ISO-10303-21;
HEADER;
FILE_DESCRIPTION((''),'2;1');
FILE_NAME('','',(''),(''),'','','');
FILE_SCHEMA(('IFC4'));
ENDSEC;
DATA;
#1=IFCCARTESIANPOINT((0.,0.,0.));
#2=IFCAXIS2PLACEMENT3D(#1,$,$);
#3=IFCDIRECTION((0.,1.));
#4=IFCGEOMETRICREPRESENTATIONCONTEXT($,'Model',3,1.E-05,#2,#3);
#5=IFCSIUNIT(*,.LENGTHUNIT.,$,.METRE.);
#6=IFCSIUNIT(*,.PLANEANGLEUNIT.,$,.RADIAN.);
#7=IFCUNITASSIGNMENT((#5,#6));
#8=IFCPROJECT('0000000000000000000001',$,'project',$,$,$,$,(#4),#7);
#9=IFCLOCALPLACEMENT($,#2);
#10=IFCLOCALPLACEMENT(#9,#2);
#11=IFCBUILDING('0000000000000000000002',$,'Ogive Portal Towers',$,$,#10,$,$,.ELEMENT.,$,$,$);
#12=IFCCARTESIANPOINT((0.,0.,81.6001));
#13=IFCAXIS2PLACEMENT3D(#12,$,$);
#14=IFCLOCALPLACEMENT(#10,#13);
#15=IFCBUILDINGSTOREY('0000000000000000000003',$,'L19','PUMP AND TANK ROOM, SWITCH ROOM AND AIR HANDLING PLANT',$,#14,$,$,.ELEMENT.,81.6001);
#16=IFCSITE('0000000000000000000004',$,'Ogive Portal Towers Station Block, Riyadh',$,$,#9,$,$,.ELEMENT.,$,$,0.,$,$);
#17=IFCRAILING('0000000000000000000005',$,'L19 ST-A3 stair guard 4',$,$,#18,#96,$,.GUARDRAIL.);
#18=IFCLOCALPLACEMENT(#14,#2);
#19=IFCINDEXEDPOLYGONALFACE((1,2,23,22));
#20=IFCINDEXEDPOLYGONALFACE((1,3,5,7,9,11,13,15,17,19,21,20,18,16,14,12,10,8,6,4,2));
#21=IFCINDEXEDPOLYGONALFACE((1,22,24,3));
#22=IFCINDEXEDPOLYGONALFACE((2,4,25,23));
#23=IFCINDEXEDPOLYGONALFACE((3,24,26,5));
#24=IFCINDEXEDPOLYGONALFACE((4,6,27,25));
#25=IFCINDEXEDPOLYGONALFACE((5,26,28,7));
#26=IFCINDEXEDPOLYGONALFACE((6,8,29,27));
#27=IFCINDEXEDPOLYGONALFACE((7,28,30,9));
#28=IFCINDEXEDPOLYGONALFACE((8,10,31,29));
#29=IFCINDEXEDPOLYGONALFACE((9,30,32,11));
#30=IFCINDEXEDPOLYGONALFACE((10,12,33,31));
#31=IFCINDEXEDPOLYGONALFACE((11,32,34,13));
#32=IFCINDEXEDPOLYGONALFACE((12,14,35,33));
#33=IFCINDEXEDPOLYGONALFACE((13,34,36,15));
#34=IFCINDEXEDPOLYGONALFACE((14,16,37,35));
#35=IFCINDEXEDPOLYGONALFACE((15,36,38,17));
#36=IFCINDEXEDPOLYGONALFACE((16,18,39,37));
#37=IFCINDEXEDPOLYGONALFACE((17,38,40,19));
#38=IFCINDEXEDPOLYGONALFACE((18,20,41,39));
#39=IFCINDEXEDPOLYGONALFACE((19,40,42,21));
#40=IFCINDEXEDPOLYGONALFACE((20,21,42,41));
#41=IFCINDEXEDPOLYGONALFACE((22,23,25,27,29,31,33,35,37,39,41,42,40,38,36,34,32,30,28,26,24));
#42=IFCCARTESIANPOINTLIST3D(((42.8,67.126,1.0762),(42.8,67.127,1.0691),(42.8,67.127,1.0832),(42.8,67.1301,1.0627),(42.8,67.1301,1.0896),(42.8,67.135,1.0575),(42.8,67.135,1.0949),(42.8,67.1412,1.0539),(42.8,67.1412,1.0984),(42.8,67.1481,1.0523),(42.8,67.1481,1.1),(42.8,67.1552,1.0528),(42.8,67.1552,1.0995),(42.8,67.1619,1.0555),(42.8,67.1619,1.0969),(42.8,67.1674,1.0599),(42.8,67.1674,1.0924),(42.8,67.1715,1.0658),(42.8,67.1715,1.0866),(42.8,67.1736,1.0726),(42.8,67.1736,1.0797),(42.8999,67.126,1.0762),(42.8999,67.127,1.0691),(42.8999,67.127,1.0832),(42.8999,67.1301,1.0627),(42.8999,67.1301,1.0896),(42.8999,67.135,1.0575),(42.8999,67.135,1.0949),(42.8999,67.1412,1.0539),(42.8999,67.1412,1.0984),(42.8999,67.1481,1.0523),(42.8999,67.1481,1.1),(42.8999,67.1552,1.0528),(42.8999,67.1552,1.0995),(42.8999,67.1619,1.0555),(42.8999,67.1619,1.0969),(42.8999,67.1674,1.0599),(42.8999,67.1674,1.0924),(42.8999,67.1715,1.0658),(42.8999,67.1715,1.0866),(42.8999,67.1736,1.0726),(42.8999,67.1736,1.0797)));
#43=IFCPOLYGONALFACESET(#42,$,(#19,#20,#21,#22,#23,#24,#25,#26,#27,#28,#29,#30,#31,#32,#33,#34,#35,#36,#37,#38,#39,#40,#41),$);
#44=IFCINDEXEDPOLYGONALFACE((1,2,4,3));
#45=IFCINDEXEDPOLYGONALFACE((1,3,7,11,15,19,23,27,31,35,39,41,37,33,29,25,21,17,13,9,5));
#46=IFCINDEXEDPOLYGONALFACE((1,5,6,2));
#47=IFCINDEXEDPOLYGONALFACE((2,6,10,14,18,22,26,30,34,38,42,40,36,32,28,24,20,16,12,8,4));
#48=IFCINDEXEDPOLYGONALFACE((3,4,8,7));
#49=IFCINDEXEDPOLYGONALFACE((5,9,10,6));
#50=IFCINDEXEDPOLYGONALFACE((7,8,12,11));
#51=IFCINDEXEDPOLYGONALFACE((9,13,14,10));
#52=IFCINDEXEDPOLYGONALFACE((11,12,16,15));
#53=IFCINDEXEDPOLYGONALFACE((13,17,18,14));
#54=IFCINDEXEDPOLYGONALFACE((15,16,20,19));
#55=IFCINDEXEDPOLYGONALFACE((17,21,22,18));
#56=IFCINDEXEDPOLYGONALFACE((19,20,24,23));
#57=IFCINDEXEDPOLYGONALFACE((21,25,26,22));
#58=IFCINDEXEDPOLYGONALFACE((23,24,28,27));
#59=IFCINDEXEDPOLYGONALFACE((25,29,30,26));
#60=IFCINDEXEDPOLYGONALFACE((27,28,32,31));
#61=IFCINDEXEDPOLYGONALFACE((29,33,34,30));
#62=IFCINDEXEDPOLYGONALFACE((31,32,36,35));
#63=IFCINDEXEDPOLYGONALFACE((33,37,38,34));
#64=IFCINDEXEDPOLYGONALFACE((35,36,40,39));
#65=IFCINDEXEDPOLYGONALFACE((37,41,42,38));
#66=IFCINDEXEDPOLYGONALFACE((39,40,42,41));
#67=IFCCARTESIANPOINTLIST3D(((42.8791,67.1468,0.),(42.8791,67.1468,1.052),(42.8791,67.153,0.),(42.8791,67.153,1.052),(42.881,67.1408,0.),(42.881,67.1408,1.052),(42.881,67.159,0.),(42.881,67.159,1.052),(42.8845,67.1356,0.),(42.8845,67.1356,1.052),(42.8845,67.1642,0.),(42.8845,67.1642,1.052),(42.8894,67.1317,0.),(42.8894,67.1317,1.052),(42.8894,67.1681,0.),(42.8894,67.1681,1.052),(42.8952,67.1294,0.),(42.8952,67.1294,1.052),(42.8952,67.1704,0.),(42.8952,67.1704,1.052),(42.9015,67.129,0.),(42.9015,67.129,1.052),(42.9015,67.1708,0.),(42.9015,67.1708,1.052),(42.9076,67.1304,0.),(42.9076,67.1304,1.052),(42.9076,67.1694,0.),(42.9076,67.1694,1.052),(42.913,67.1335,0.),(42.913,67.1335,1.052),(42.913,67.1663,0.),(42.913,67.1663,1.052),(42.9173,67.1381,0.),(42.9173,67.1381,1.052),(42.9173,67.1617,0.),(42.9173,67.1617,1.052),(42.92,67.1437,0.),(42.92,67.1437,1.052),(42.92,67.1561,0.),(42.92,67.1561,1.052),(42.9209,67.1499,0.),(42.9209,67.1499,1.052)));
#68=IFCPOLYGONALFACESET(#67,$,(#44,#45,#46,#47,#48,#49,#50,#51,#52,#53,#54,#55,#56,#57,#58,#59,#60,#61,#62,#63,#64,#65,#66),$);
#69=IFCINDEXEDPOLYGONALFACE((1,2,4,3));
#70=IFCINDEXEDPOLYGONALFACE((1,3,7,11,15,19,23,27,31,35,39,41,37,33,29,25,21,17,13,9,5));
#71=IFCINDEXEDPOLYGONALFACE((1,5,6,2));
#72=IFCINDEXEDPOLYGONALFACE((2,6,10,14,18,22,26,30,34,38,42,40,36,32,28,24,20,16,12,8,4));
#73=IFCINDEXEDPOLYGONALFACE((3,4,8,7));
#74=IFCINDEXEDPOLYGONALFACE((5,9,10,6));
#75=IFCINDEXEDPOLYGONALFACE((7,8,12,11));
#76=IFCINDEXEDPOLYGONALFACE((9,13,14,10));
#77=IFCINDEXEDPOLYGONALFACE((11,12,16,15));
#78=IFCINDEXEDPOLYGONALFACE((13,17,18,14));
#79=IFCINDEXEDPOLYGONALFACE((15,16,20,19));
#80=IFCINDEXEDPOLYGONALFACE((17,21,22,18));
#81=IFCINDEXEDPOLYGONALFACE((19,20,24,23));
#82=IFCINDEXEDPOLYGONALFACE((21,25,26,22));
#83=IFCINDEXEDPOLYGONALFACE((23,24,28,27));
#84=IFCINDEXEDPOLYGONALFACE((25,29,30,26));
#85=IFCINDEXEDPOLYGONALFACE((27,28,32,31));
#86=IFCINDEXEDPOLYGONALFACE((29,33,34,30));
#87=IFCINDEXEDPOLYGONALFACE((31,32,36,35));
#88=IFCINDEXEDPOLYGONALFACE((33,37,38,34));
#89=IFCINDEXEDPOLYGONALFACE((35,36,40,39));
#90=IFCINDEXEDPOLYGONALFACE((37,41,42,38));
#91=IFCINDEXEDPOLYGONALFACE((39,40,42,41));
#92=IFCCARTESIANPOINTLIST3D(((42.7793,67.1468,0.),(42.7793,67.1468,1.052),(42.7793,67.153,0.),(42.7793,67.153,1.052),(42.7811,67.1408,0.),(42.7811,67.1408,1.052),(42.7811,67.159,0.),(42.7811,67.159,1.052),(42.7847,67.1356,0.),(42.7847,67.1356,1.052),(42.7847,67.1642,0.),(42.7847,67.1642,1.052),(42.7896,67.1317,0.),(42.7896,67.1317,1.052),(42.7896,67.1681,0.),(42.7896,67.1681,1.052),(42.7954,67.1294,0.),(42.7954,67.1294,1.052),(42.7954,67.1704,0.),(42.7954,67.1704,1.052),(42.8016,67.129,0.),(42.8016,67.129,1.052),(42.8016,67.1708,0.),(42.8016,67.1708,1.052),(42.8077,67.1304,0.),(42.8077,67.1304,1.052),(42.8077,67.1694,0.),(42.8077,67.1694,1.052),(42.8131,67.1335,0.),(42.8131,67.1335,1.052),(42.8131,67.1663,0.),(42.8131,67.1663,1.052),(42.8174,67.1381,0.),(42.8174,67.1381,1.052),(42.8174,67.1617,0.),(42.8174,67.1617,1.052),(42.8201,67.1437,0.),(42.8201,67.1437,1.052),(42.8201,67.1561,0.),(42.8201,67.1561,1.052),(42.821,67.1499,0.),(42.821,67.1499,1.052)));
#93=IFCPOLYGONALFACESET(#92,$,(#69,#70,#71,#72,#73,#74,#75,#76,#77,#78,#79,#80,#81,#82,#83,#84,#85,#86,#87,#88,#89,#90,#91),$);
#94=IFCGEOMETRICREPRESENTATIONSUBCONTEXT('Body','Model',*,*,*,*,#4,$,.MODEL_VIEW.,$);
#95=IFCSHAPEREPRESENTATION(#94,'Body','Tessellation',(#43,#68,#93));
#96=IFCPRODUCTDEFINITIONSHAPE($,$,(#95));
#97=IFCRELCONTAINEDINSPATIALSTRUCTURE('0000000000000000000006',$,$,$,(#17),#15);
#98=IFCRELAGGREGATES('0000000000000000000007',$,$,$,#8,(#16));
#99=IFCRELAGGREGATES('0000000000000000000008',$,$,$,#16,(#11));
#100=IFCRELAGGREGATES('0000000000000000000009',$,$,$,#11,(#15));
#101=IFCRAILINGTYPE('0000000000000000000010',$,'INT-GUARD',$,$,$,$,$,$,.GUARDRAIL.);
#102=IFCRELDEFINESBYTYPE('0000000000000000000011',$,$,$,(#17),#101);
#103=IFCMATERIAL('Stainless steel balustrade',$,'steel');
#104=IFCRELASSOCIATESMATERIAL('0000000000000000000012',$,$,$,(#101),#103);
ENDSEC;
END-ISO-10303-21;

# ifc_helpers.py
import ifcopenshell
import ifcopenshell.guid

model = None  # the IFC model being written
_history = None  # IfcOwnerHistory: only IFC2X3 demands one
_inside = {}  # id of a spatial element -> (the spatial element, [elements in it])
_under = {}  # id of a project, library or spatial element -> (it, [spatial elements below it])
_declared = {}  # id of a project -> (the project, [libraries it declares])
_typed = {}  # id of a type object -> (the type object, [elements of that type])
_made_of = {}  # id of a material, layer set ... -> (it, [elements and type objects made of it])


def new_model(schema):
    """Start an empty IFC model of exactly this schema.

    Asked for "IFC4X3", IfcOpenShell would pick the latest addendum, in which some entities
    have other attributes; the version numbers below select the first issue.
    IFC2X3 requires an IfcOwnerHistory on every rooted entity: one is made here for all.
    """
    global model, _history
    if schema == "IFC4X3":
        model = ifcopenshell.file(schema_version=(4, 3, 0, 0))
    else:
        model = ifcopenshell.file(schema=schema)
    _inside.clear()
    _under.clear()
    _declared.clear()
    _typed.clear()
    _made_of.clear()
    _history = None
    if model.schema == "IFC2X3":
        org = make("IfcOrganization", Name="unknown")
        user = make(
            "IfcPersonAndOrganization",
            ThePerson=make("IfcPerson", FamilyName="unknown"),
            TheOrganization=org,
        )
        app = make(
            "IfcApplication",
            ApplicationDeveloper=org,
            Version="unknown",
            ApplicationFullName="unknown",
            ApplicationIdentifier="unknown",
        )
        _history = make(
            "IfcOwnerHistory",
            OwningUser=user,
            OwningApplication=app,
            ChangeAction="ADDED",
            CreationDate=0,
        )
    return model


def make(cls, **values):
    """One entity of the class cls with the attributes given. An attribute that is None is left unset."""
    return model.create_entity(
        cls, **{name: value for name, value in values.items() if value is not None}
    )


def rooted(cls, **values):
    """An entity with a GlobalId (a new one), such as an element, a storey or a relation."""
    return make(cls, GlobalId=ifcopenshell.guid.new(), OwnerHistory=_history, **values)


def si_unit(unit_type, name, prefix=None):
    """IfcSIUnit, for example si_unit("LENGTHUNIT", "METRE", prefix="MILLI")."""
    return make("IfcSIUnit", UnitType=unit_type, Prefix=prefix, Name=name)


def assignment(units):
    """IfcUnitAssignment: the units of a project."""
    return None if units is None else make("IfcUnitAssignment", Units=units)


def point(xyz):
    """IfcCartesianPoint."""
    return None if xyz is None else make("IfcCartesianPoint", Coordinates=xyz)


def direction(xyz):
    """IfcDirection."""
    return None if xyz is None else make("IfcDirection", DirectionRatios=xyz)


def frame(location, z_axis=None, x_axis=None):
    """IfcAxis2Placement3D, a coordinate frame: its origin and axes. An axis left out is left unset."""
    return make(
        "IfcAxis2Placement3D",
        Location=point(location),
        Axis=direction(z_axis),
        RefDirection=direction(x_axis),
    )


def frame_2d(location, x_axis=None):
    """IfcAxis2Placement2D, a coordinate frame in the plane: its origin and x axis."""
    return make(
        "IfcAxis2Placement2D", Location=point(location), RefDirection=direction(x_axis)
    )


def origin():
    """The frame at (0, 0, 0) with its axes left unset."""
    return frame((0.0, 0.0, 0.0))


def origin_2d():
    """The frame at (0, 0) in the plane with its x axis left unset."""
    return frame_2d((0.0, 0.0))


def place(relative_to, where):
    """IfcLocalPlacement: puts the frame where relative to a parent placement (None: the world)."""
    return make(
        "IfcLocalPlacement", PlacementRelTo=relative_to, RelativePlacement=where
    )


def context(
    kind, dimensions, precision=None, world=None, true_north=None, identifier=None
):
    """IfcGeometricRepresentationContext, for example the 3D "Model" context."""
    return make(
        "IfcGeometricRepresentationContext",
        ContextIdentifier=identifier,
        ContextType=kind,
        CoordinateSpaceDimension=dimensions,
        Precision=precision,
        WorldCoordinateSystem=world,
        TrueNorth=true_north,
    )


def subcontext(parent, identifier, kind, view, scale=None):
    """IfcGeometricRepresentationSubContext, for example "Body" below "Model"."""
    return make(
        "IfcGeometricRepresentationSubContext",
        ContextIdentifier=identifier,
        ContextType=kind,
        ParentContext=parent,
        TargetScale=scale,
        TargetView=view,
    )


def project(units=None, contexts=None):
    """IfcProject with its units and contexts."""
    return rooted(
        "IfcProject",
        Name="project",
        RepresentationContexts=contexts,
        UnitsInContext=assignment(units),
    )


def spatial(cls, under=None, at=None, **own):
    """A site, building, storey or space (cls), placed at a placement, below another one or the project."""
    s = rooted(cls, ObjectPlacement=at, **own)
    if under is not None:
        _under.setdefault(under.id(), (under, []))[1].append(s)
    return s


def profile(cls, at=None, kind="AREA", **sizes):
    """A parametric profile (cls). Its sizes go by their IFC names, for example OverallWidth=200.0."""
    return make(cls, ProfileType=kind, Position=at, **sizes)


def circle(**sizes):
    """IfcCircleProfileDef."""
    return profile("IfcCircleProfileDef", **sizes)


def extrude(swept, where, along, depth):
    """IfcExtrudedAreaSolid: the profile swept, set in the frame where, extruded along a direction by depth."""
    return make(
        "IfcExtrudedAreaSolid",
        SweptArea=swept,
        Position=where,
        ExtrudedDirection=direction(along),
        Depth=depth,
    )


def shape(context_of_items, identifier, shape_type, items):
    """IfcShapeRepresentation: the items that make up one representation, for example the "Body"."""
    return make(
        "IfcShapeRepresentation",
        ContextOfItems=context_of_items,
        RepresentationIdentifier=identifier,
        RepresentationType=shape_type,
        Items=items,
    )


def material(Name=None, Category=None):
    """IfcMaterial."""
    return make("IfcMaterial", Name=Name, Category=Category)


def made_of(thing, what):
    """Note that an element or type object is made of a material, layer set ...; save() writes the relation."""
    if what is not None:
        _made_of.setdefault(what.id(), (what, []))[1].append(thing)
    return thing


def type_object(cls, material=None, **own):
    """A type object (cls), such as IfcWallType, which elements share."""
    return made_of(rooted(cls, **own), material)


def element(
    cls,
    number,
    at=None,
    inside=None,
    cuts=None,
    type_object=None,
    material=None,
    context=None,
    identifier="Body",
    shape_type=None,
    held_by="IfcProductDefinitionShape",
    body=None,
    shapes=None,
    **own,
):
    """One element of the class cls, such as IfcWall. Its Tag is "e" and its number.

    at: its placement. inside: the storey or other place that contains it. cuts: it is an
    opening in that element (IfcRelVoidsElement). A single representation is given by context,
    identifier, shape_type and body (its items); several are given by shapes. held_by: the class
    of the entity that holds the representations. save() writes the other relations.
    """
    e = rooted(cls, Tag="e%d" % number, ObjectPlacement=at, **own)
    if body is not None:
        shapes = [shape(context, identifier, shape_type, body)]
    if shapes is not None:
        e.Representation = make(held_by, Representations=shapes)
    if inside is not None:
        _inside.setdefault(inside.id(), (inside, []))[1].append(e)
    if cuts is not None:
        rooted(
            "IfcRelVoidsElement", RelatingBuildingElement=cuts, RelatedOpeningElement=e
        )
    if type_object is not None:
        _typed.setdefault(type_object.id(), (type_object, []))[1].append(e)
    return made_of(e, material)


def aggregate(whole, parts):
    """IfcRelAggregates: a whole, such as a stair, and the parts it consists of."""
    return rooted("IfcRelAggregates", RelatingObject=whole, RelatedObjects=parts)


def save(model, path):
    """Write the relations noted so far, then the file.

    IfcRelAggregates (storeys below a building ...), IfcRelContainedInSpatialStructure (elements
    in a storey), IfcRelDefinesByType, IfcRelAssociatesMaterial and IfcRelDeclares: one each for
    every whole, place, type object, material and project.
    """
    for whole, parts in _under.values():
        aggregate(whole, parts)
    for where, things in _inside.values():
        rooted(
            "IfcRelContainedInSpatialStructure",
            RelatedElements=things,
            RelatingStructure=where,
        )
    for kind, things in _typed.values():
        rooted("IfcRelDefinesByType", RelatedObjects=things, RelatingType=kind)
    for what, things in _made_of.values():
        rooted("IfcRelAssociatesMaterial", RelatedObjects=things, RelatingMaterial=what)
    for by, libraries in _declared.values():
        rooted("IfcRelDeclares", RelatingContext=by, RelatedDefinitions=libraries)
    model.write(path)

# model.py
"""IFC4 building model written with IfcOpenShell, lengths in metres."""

from ifc_helpers import new_model, si_unit, direction, frame, origin, origin_2d, place, context, subcontext, project, spatial, circle, extrude, material, type_object, element, save


model = new_model("IFC4")

# Units and contexts
model_context = context("Model", 3, precision=1e-05, world=origin(), true_north=direction((0.0, 1.0)))
body_context = subcontext(model_context, "Body", "Model", "MODEL_VIEW")
ifc_project = project(units=[si_unit("LENGTHUNIT", "METRE"), si_unit("PLANEANGLEUNIT", "RADIAN")], contexts=[model_context])

# Site, building, storey
site_placement = place(None, origin())
site = spatial("IfcSite", under=ifc_project, at=site_placement, Name="Ogive Portal Towers Station Block, Riyadh", CompositionType="ELEMENT", RefElevation=0.0)
building_placement = place(site_placement, origin())
building = spatial("IfcBuilding", under=site, at=building_placement, Name="Ogive Portal Towers", CompositionType="ELEMENT")
storey_placement = place(building_placement, frame((0.0, 0.0, 81.6001)))
storey = spatial("IfcBuildingStorey", under=building, at=storey_placement, Name="L19", Description="PUMP AND TANK ROOM, SWITCH ROOM AND AIR HANDLING PLANT", CompositionType="ELEMENT", Elevation=81.6001)

# Railing
ifc_material_1 = material(Name="Stainless steel balustrade", Category="steel")
railing_type_1 = type_object("IfcRailingType", Name="INT-GUARD", PredefinedType="GUARDRAIL", material=ifc_material_1)
railing_1_placement = place(storey_placement, frame((42.8999, 67.1499, 0.0)))
element("IfcRailing", 1, at=railing_1_placement, inside=storey, type_object=railing_type_1, Name="L19 ST-A3 stair guard 4", PredefinedType="GUARDRAIL", context=body_context, shape_type="SweptSolid", body=[
    extrude(circle(Radius=0.0239, at=origin_2d()), frame((0.0, 0.0, 1.0762), z_axis=(-1.0, 0.0, 0.0), x_axis=(0.0, -1.0, 0.0)), (0.0, 0.0, 1.0), 0.0999),
    extrude(circle(Radius=0.021, at=origin_2d()), origin(), (0.0, 0.0, 1.0), 1.052),
    extrude(circle(Radius=0.021, at=origin_2d()), frame((-0.0999, 0.0, 0.0)), (0.0, 0.0, 1.0), 1.052),
])

save(model, "model.ifc")
